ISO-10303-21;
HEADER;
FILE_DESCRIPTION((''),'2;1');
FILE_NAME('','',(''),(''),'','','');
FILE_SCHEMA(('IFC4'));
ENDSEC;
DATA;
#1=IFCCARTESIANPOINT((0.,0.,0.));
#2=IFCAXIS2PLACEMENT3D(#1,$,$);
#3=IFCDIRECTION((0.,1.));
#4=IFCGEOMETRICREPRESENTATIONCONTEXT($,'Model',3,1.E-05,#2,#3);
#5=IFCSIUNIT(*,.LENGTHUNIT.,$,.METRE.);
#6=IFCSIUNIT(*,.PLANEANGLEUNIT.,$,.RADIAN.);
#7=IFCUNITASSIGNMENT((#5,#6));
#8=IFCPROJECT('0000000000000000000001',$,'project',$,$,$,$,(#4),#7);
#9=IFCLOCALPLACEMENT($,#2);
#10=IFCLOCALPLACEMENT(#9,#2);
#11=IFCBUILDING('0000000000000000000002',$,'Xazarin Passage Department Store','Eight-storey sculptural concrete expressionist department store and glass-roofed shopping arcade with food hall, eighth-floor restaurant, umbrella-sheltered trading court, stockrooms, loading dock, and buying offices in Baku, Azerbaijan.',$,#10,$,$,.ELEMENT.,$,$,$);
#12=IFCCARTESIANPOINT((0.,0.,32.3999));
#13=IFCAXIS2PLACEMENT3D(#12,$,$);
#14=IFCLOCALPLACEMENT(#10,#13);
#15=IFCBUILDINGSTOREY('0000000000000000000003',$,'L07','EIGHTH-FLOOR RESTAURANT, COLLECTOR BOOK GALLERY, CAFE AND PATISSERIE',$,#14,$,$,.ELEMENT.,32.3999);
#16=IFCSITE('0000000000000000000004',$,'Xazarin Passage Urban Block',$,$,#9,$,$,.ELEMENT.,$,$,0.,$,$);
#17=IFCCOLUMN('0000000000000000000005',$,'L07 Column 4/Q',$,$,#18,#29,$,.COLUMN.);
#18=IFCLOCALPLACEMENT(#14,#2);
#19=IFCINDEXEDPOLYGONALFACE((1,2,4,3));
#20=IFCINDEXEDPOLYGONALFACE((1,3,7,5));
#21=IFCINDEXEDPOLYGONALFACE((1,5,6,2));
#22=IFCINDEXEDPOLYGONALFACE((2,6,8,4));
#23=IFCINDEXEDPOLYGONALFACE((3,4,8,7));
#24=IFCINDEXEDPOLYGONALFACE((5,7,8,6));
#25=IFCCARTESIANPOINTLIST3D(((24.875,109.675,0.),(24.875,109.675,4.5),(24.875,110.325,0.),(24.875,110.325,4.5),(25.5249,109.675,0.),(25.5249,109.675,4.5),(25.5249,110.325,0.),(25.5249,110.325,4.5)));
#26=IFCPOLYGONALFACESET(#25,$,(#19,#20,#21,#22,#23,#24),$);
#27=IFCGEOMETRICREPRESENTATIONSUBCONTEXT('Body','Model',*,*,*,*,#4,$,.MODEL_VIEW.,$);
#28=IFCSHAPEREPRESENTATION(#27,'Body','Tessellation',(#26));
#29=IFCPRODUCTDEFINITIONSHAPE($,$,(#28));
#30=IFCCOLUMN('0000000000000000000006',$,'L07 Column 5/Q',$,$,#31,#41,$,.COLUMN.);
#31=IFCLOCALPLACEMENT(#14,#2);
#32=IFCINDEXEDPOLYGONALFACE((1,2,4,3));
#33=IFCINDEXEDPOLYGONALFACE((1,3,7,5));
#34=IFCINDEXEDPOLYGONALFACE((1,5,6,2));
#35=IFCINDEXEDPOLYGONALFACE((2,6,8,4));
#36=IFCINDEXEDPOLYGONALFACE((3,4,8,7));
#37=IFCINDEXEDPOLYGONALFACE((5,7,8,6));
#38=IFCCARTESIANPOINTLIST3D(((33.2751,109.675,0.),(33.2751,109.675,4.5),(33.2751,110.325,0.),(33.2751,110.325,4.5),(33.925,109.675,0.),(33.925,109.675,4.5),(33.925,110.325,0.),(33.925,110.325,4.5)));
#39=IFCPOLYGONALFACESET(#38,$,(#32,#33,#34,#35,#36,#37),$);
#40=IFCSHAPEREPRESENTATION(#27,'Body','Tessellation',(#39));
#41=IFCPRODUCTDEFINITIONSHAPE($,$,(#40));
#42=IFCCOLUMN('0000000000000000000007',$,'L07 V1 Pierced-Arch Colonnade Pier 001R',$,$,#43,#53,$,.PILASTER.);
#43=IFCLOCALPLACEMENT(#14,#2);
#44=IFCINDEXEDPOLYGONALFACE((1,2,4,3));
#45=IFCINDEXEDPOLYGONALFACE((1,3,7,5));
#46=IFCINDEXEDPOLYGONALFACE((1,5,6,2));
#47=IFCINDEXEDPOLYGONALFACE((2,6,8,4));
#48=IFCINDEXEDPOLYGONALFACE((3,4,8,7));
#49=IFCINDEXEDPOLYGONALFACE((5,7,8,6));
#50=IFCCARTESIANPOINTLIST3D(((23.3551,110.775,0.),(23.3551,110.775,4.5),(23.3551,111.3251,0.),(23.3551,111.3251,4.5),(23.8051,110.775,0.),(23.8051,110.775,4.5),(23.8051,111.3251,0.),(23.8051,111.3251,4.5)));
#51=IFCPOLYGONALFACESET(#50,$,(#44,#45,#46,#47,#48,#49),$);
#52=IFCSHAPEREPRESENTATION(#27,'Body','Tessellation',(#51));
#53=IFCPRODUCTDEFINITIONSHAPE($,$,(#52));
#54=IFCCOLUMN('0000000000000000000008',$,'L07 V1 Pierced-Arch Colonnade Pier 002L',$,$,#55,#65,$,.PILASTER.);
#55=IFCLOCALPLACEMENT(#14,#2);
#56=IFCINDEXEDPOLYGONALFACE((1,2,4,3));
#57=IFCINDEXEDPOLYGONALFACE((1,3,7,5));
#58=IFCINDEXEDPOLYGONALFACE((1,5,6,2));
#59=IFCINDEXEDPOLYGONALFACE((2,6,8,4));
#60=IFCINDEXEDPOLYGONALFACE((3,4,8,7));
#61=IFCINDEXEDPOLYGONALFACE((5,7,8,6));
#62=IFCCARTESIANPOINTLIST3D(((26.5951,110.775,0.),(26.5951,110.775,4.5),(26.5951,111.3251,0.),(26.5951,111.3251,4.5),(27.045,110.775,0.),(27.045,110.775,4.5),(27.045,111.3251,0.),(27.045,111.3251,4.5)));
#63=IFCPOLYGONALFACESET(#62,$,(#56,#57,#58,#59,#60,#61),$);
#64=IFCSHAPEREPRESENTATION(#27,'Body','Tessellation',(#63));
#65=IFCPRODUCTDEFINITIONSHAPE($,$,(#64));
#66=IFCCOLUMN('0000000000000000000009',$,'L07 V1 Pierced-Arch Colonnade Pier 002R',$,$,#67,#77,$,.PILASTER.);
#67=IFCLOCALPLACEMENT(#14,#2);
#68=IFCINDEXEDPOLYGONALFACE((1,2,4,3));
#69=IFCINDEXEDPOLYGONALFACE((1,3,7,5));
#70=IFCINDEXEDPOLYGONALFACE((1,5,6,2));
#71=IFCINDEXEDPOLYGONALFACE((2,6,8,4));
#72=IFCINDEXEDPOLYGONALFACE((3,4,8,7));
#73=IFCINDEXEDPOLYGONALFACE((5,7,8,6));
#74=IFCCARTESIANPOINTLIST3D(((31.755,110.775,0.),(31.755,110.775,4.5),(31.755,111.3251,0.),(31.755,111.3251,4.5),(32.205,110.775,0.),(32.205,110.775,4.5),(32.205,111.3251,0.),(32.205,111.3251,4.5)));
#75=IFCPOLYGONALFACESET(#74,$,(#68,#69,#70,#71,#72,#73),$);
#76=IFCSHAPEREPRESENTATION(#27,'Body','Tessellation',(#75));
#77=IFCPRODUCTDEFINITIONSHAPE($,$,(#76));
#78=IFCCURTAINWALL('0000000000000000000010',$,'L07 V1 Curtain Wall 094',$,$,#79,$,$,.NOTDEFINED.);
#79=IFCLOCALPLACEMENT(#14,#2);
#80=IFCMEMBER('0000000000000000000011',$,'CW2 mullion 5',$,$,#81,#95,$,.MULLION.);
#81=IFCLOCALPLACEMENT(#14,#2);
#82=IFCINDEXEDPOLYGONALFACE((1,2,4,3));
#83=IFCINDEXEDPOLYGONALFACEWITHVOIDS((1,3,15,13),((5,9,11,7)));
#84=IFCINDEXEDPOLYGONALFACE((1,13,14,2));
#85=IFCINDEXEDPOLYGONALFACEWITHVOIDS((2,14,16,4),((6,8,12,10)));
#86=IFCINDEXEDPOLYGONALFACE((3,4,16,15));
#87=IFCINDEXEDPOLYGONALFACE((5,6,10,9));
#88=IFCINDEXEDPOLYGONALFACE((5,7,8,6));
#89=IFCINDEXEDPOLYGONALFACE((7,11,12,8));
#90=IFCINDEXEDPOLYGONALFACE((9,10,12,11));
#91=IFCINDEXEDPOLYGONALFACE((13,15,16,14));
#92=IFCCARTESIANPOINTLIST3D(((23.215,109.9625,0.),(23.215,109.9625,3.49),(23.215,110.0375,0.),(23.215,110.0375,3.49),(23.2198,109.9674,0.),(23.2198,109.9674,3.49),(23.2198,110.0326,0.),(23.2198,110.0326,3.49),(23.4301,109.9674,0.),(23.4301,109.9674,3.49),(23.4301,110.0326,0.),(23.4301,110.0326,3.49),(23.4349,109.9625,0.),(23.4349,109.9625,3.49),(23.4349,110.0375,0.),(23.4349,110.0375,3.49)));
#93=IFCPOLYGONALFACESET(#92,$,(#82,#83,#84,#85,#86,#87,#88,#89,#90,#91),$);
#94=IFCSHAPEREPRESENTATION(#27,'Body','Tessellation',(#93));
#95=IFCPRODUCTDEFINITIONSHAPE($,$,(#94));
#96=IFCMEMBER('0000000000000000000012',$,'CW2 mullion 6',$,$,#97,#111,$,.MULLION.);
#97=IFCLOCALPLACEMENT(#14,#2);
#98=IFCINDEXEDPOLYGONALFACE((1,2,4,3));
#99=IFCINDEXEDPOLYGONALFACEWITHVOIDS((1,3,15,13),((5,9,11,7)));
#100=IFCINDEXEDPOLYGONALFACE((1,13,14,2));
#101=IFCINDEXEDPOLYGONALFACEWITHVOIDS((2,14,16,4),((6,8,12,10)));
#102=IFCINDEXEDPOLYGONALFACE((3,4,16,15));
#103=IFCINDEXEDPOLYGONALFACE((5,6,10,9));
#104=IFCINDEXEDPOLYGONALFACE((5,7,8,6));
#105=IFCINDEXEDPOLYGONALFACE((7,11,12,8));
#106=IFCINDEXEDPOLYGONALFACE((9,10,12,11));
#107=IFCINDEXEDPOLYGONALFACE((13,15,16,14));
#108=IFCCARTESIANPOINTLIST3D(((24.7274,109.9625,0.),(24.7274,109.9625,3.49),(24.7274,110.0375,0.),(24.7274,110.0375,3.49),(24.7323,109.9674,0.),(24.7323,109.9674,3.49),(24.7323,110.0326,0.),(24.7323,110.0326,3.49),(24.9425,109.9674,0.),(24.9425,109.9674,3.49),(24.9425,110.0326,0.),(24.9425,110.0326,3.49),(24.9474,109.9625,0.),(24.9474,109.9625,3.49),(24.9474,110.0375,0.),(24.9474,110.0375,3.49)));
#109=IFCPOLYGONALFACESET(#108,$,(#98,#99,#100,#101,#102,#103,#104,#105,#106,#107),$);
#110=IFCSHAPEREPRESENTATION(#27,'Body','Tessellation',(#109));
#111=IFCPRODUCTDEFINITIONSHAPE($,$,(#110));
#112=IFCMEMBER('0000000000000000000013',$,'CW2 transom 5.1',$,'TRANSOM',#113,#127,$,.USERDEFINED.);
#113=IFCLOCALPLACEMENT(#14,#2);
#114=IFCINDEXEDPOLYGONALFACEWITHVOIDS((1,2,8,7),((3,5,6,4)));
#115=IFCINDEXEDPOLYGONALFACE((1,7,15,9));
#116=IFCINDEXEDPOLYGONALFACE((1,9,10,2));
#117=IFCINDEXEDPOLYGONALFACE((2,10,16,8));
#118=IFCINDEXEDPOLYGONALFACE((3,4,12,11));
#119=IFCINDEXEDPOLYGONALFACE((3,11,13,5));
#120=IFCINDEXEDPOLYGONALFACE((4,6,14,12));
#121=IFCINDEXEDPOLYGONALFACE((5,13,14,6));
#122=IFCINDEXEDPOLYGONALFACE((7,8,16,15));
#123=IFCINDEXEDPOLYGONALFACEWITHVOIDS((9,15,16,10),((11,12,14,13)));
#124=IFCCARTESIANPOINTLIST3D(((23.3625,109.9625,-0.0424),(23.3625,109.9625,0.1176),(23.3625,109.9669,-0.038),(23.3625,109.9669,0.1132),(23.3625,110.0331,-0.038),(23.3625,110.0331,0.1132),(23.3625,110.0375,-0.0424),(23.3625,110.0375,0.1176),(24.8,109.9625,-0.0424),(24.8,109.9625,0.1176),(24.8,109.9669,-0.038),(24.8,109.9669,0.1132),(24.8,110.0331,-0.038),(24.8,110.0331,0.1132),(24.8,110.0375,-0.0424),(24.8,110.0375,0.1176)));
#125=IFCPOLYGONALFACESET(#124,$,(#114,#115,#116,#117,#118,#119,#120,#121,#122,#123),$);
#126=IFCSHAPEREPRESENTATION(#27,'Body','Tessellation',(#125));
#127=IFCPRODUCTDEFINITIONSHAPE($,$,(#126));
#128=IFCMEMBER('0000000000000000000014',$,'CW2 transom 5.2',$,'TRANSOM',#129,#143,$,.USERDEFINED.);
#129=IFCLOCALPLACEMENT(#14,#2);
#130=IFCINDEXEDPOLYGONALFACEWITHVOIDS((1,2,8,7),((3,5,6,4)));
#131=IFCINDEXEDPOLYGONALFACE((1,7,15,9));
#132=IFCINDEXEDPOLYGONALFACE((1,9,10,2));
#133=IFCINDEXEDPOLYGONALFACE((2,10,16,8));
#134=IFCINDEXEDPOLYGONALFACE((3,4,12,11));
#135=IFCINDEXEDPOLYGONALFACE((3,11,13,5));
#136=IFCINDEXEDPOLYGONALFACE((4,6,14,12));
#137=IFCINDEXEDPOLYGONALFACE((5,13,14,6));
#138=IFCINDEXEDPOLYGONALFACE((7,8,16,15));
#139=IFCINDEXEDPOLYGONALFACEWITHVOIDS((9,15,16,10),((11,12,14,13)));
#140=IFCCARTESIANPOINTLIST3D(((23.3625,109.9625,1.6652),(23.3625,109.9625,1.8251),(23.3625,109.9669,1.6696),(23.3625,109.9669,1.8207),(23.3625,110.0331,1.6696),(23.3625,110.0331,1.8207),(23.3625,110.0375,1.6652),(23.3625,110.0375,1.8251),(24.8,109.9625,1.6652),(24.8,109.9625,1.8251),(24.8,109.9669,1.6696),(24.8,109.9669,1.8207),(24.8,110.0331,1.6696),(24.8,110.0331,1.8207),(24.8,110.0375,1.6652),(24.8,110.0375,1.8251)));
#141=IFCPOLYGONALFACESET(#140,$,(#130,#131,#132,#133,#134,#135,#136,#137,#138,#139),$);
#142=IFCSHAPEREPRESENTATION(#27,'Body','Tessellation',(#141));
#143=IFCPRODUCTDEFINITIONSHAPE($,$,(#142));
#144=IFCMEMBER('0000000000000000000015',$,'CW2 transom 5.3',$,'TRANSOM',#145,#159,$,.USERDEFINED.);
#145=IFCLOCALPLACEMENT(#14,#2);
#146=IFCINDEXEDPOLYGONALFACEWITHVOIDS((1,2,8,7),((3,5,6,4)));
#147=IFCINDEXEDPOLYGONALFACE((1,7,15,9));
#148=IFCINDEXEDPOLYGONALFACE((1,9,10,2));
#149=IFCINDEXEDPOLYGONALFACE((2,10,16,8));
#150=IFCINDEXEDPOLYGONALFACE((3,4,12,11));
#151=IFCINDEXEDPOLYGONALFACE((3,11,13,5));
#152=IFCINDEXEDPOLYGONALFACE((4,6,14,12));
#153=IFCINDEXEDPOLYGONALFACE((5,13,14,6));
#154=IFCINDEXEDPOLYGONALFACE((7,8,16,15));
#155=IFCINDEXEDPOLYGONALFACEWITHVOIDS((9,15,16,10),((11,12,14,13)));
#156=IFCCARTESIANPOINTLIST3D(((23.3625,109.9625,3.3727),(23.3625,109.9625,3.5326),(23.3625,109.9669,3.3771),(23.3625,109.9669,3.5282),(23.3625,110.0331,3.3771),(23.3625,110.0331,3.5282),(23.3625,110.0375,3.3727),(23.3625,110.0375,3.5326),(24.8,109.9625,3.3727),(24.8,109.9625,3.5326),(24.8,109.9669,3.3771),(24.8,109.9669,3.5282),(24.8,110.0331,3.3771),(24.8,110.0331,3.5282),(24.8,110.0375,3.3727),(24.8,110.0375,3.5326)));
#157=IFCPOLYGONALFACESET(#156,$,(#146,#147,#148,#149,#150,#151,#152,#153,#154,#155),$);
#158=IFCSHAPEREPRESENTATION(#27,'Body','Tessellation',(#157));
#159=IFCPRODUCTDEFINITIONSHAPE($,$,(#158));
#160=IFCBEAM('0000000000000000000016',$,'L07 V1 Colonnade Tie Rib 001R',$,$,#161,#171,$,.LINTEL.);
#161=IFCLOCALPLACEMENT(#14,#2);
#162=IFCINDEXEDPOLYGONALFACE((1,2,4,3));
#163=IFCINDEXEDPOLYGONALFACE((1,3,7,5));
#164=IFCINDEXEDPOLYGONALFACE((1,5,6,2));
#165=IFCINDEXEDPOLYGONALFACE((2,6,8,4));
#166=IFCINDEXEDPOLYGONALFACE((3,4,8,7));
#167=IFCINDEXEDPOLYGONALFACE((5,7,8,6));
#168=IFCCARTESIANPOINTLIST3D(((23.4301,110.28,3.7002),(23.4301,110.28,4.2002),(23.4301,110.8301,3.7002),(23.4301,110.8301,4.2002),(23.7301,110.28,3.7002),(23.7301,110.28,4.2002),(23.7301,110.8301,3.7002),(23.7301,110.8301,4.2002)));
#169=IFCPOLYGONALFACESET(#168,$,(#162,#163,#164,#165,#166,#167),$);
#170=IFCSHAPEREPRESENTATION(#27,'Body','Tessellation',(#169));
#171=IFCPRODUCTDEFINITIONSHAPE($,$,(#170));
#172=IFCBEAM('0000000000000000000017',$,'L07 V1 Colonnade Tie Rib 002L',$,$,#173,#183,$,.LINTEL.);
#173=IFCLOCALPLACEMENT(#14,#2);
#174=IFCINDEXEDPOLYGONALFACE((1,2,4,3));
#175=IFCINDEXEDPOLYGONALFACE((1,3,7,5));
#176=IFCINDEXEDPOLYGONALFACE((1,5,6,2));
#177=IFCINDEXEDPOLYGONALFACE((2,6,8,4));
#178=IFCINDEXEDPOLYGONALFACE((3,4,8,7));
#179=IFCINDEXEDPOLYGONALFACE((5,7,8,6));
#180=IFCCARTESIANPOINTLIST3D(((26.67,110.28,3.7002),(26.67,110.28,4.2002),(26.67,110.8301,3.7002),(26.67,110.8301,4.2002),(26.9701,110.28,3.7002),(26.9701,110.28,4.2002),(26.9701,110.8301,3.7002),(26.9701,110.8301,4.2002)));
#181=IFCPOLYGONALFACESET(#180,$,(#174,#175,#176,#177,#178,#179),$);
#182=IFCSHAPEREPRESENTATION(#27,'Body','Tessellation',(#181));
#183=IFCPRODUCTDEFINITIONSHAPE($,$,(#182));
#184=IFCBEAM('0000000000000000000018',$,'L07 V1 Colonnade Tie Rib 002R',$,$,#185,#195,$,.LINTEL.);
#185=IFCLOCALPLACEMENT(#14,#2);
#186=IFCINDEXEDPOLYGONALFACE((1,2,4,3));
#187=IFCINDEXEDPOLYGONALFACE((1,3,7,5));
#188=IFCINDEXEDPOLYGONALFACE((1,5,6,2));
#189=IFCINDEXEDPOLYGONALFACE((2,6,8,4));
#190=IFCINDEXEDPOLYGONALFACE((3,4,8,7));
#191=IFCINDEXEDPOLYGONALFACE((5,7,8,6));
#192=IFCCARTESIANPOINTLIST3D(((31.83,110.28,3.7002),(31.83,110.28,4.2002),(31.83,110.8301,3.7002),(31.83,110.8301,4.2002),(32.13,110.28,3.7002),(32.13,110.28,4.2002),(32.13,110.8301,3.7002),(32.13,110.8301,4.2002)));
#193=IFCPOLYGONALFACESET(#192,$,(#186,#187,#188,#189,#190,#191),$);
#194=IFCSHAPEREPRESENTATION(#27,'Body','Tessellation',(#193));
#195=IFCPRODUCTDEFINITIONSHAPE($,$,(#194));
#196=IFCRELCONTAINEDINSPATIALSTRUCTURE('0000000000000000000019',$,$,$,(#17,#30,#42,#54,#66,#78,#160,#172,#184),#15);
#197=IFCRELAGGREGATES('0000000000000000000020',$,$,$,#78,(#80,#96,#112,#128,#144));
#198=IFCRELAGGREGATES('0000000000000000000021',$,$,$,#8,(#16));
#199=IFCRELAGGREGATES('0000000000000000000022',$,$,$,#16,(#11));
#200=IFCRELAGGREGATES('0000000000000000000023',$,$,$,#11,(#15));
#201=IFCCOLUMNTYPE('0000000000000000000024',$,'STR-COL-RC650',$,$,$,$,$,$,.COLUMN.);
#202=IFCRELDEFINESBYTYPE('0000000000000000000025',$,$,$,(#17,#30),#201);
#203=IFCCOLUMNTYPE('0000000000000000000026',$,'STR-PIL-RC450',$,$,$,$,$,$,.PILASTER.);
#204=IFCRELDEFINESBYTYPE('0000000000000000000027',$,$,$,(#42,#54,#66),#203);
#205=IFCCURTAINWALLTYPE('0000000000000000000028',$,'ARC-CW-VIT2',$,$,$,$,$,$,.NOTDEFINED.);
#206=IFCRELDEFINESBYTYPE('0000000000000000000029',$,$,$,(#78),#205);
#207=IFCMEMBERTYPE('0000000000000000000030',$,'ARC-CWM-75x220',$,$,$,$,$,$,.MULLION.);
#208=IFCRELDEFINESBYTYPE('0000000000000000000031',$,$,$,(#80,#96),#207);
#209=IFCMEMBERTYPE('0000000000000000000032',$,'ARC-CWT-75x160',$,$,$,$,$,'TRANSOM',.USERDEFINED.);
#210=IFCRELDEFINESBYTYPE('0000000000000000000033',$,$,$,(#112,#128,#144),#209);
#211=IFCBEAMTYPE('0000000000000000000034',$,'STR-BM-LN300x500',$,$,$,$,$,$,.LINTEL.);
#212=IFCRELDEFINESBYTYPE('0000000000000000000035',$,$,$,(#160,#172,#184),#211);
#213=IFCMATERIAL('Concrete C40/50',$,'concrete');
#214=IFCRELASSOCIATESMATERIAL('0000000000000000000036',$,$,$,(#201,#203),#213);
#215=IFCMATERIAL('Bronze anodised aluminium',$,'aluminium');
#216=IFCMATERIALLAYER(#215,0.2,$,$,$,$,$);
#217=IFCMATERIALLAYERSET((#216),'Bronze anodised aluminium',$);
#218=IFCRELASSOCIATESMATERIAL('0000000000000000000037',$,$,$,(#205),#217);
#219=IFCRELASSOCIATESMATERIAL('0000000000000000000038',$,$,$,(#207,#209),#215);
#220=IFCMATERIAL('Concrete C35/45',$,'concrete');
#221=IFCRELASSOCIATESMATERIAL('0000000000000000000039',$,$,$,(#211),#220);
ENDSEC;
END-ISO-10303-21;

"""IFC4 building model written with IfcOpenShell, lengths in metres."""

from ifc_helpers import new_model, si_unit, direction, frame, origin, origin_2d, place, context, subcontext, project, spatial, rectangle, hollow_rectangle, extrude, material, layer, layer_set, material_profile, profile_set, type_object, element, aggregate, save


model = new_model("IFC4")

# Units and contexts
model_context = context("Model", 3, precision=1e-05, world=origin(), true_north=direction((0.0, 1.0)))
body_context = subcontext(model_context, "Body", "Model", "MODEL_VIEW")
ifc_project = project(units=[si_unit("LENGTHUNIT", "METRE"), si_unit("PLANEANGLEUNIT", "RADIAN")], contexts=[model_context])

# Site, building, storey
site_placement = place(None, origin())
site = spatial("IfcSite", under=ifc_project, at=site_placement, Name="Xazarin Passage Urban Block", CompositionType="ELEMENT", RefElevation=0.0)
building_placement = place(site_placement, origin())
building = spatial("IfcBuilding", under=site, at=building_placement, Name="Xazarin Passage Department Store", Description="Eight-storey sculptural concrete expressionist department store and glass-roofed shopping arcade with food hall, eighth-floor restaurant, umbrella-sheltered trading court, stockrooms, loading dock, and buying offices in Baku, Azerbaijan.", CompositionType="ELEMENT")
storey_placement = place(building_placement, frame((0.0, 0.0, 32.3999)))
storey = spatial("IfcBuildingStorey", under=building, at=storey_placement, Name="L07", Description="EIGHTH-FLOOR RESTAURANT, COLLECTOR BOOK GALLERY, CAFE AND PATISSERIE", CompositionType="ELEMENT", Elevation=32.3999)

# Columns
ifc_material_1 = material(Name="Concrete C40/50", Category="concrete")
ifc_material_profile_1 = material_profile(ifc_material_1, rectangle(XDim=0.6499, YDim=0.6499, at=origin_2d()), Name="RC 650x650")
ifc_profile_set_1 = profile_set([ifc_material_profile_1], Name="Concrete C40/50")
column_type_1 = type_object("IfcColumnType", Name="STR-COL-RC650", PredefinedType="COLUMN", material=ifc_profile_set_1)
for number, where, z_axis, x_axis, name in (
    (1, (25.2, 110.0, 0.0), (0.0, 0.0, 1.0), (1.0, 0.0, 0.0), "L07 Column 4/Q"),
    (2, (33.6001, 110.0, 0.0), (0.0, 0.0, 1.0), (1.0, 0.0, 0.0), "L07 Column 5/Q"),
):
    element("IfcColumn", number, at=place(storey_placement, frame(where, z_axis=z_axis, x_axis=x_axis)), inside=storey, type_object=column_type_1, Name=name, PredefinedType="COLUMN", context=body_context, shape_type="SweptSolid", body=[
        extrude(rectangle(XDim=0.6499, YDim=0.6499, at=origin_2d()), origin(), (0.0, 0.0, 1.0), 4.5),
    ])
ifc_material_profile_2 = material_profile(ifc_material_1, rectangle(XDim=0.45, YDim=0.55, at=origin_2d()), Name="RC 450x550")
ifc_profile_set_2 = profile_set([ifc_material_profile_2], Name="Concrete C40/50")
column_type_2 = type_object("IfcColumnType", Name="STR-PIL-RC450", PredefinedType="PILASTER", material=ifc_profile_set_2)
for number, where, z_axis, x_axis, name in (
    (3, (23.5801, 111.05, 0.0), (0.0, 0.0, 1.0), (1.0, 0.0, 0.0), "L07 V1 Pierced-Arch Colonnade Pier 001R"),
    (4, (26.8201, 111.05, 0.0), (0.0, 0.0, 1.0), (1.0, 0.0, 0.0), "L07 V1 Pierced-Arch Colonnade Pier 002L"),
    (5, (31.98, 111.05, 0.0), (0.0, 0.0, 1.0), (1.0, 0.0, 0.0), "L07 V1 Pierced-Arch Colonnade Pier 002R"),
):
    element("IfcColumn", number, at=place(storey_placement, frame(where, z_axis=z_axis, x_axis=x_axis)), inside=storey, type_object=column_type_2, Name=name, PredefinedType="PILASTER", context=body_context, shape_type="SweptSolid", body=[
        extrude(rectangle(XDim=0.45, YDim=0.55, at=origin_2d()), origin(), (0.0, 0.0, 1.0), 4.5),
    ])

# Curtain wall, members
ifc_material_2 = material(Name="Bronze anodised aluminium", Category="aluminium")
ifc_layer_1 = layer(ifc_material_2, 0.2)
ifc_layer_set_1 = layer_set([ifc_layer_1], Name="Bronze anodised aluminium")
curtain_wall_type = type_object("IfcCurtainWallType", Name="ARC-CW-VIT2", PredefinedType="NOTDEFINED", material=ifc_layer_set_1)
curtain_wall_placement = place(storey_placement, origin())
curtain_wall = element("IfcCurtainWall", 6, at=curtain_wall_placement, inside=storey, type_object=curtain_wall_type, Name="L07 V1 Curtain Wall 094", PredefinedType="NOTDEFINED")
ifc_material_profile_3 = material_profile(ifc_material_2, hollow_rectangle(XDim=0.075, YDim=0.22, WallThickness=0.0049, at=origin_2d()), Name="ALU 75x220")
ifc_profile_set_3 = profile_set([ifc_material_profile_3], Name="Bronze anodised aluminium")
member_type_1 = type_object("IfcMemberType", Name="ARC-CWM-75x220", PredefinedType="MULLION", material=ifc_profile_set_3)
member_1_placement = place(storey_placement, frame((23.325, 110.0, 0.0), z_axis=(0.0, 0.0, 1.0), x_axis=(0.0, 1.0, 0.0)))
member_1 = element("IfcMember", 7, at=member_1_placement, type_object=member_type_1, Name="CW2 mullion 5", PredefinedType="MULLION", context=body_context, shape_type="SweptSolid", body=[
    extrude(hollow_rectangle(XDim=0.075, YDim=0.22, WallThickness=0.0049, at=origin_2d()), origin(), (0.0, 0.0, 1.0), 3.49),
])
member_2_placement = place(storey_placement, frame((24.8374, 110.0, 0.0), z_axis=(0.0, 0.0, 1.0), x_axis=(0.0, 1.0, 0.0)))
member_2 = element("IfcMember", 8, at=member_2_placement, type_object=member_type_1, Name="CW2 mullion 6", PredefinedType="MULLION", context=body_context, shape_type="SweptSolid", body=[
    extrude(hollow_rectangle(XDim=0.075, YDim=0.22, WallThickness=0.0049, at=origin_2d()), origin(), (0.0, 0.0, 1.0), 3.49),
])
ifc_material_profile_4 = material_profile(ifc_material_2, hollow_rectangle(XDim=0.075, YDim=0.1599, WallThickness=0.0044, at=origin_2d()), Name="ALU 75x160")
ifc_profile_set_4 = profile_set([ifc_material_profile_4], Name="Bronze anodised aluminium")
member_type_2 = type_object("IfcMemberType", Name="ARC-CWT-75x160", ElementType="TRANSOM", PredefinedType="USERDEFINED", material=ifc_profile_set_4)
member_3_placement = place(storey_placement, frame((23.3625, 110.0, 0.0376), z_axis=(1.0, 0.0, 0.0), x_axis=(0.0, 1.0, 0.0)))
member_3 = element("IfcMember", 9, at=member_3_placement, type_object=member_type_2, Name="CW2 transom 5.1", ObjectType="TRANSOM", PredefinedType="USERDEFINED", context=body_context, shape_type="SweptSolid", body=[
    extrude(hollow_rectangle(XDim=0.075, YDim=0.1599, WallThickness=0.0044, at=origin_2d()), origin(), (0.0, 0.0, 1.0), 1.4375),
])
member_4_placement = place(storey_placement, frame((23.3625, 110.0, 1.7451), z_axis=(1.0, 0.0, 0.0), x_axis=(0.0, 1.0, 0.0)))
member_4 = element("IfcMember", 10, at=member_4_placement, type_object=member_type_2, Name="CW2 transom 5.2", ObjectType="TRANSOM", PredefinedType="USERDEFINED", context=body_context, shape_type="SweptSolid", body=[
    extrude(hollow_rectangle(XDim=0.075, YDim=0.1599, WallThickness=0.0044, at=origin_2d()), origin(), (0.0, 0.0, 1.0), 1.4375),
])
member_5_placement = place(storey_placement, frame((23.3625, 110.0, 3.4526), z_axis=(1.0, 0.0, 0.0), x_axis=(0.0, 1.0, 0.0)))
member_5 = element("IfcMember", 11, at=member_5_placement, type_object=member_type_2, Name="CW2 transom 5.3", ObjectType="TRANSOM", PredefinedType="USERDEFINED", context=body_context, shape_type="SweptSolid", body=[
    extrude(hollow_rectangle(XDim=0.075, YDim=0.1599, WallThickness=0.0044, at=origin_2d()), origin(), (0.0, 0.0, 1.0), 1.4375),
])

# Beams
ifc_material_3 = material(Name="Concrete C35/45", Category="concrete")
ifc_material_profile_5 = material_profile(ifc_material_3, rectangle(XDim=0.3, YDim=0.5, at=origin_2d()), Name="RC 300x500")
ifc_profile_set_5 = profile_set([ifc_material_profile_5], Name="Concrete C35/45")
beam_type_1 = type_object("IfcBeamType", Name="STR-BM-LN300x500", PredefinedType="LINTEL", material=ifc_profile_set_5)
for number, where, z_axis, x_axis, name in (
    (12, (23.5801, 110.28, 3.9502), (0.0, 1.0, 0.0), (-1.0, 0.0, 0.0), "L07 V1 Colonnade Tie Rib 001R"),
    (13, (26.8201, 110.28, 3.9502), (0.0, 1.0, 0.0), (-1.0, 0.0, 0.0), "L07 V1 Colonnade Tie Rib 002L"),
    (14, (31.98, 110.28, 3.9502), (0.0, 1.0, 0.0), (-1.0, 0.0, 0.0), "L07 V1 Colonnade Tie Rib 002R"),
):
    element("IfcBeam", number, at=place(storey_placement, frame(where, z_axis=z_axis, x_axis=x_axis)), inside=storey, type_object=beam_type_1, Name=name, PredefinedType="LINTEL", context=body_context, shape_type="SweptSolid", body=[
        extrude(rectangle(XDim=0.3, YDim=0.5, at=origin_2d()), origin(), (0.0, 0.0, 1.0), 0.55),
    ])

aggregate(curtain_wall, [member_1, member_2, member_3, member_4, member_5])

save(model, "model.ifc")
